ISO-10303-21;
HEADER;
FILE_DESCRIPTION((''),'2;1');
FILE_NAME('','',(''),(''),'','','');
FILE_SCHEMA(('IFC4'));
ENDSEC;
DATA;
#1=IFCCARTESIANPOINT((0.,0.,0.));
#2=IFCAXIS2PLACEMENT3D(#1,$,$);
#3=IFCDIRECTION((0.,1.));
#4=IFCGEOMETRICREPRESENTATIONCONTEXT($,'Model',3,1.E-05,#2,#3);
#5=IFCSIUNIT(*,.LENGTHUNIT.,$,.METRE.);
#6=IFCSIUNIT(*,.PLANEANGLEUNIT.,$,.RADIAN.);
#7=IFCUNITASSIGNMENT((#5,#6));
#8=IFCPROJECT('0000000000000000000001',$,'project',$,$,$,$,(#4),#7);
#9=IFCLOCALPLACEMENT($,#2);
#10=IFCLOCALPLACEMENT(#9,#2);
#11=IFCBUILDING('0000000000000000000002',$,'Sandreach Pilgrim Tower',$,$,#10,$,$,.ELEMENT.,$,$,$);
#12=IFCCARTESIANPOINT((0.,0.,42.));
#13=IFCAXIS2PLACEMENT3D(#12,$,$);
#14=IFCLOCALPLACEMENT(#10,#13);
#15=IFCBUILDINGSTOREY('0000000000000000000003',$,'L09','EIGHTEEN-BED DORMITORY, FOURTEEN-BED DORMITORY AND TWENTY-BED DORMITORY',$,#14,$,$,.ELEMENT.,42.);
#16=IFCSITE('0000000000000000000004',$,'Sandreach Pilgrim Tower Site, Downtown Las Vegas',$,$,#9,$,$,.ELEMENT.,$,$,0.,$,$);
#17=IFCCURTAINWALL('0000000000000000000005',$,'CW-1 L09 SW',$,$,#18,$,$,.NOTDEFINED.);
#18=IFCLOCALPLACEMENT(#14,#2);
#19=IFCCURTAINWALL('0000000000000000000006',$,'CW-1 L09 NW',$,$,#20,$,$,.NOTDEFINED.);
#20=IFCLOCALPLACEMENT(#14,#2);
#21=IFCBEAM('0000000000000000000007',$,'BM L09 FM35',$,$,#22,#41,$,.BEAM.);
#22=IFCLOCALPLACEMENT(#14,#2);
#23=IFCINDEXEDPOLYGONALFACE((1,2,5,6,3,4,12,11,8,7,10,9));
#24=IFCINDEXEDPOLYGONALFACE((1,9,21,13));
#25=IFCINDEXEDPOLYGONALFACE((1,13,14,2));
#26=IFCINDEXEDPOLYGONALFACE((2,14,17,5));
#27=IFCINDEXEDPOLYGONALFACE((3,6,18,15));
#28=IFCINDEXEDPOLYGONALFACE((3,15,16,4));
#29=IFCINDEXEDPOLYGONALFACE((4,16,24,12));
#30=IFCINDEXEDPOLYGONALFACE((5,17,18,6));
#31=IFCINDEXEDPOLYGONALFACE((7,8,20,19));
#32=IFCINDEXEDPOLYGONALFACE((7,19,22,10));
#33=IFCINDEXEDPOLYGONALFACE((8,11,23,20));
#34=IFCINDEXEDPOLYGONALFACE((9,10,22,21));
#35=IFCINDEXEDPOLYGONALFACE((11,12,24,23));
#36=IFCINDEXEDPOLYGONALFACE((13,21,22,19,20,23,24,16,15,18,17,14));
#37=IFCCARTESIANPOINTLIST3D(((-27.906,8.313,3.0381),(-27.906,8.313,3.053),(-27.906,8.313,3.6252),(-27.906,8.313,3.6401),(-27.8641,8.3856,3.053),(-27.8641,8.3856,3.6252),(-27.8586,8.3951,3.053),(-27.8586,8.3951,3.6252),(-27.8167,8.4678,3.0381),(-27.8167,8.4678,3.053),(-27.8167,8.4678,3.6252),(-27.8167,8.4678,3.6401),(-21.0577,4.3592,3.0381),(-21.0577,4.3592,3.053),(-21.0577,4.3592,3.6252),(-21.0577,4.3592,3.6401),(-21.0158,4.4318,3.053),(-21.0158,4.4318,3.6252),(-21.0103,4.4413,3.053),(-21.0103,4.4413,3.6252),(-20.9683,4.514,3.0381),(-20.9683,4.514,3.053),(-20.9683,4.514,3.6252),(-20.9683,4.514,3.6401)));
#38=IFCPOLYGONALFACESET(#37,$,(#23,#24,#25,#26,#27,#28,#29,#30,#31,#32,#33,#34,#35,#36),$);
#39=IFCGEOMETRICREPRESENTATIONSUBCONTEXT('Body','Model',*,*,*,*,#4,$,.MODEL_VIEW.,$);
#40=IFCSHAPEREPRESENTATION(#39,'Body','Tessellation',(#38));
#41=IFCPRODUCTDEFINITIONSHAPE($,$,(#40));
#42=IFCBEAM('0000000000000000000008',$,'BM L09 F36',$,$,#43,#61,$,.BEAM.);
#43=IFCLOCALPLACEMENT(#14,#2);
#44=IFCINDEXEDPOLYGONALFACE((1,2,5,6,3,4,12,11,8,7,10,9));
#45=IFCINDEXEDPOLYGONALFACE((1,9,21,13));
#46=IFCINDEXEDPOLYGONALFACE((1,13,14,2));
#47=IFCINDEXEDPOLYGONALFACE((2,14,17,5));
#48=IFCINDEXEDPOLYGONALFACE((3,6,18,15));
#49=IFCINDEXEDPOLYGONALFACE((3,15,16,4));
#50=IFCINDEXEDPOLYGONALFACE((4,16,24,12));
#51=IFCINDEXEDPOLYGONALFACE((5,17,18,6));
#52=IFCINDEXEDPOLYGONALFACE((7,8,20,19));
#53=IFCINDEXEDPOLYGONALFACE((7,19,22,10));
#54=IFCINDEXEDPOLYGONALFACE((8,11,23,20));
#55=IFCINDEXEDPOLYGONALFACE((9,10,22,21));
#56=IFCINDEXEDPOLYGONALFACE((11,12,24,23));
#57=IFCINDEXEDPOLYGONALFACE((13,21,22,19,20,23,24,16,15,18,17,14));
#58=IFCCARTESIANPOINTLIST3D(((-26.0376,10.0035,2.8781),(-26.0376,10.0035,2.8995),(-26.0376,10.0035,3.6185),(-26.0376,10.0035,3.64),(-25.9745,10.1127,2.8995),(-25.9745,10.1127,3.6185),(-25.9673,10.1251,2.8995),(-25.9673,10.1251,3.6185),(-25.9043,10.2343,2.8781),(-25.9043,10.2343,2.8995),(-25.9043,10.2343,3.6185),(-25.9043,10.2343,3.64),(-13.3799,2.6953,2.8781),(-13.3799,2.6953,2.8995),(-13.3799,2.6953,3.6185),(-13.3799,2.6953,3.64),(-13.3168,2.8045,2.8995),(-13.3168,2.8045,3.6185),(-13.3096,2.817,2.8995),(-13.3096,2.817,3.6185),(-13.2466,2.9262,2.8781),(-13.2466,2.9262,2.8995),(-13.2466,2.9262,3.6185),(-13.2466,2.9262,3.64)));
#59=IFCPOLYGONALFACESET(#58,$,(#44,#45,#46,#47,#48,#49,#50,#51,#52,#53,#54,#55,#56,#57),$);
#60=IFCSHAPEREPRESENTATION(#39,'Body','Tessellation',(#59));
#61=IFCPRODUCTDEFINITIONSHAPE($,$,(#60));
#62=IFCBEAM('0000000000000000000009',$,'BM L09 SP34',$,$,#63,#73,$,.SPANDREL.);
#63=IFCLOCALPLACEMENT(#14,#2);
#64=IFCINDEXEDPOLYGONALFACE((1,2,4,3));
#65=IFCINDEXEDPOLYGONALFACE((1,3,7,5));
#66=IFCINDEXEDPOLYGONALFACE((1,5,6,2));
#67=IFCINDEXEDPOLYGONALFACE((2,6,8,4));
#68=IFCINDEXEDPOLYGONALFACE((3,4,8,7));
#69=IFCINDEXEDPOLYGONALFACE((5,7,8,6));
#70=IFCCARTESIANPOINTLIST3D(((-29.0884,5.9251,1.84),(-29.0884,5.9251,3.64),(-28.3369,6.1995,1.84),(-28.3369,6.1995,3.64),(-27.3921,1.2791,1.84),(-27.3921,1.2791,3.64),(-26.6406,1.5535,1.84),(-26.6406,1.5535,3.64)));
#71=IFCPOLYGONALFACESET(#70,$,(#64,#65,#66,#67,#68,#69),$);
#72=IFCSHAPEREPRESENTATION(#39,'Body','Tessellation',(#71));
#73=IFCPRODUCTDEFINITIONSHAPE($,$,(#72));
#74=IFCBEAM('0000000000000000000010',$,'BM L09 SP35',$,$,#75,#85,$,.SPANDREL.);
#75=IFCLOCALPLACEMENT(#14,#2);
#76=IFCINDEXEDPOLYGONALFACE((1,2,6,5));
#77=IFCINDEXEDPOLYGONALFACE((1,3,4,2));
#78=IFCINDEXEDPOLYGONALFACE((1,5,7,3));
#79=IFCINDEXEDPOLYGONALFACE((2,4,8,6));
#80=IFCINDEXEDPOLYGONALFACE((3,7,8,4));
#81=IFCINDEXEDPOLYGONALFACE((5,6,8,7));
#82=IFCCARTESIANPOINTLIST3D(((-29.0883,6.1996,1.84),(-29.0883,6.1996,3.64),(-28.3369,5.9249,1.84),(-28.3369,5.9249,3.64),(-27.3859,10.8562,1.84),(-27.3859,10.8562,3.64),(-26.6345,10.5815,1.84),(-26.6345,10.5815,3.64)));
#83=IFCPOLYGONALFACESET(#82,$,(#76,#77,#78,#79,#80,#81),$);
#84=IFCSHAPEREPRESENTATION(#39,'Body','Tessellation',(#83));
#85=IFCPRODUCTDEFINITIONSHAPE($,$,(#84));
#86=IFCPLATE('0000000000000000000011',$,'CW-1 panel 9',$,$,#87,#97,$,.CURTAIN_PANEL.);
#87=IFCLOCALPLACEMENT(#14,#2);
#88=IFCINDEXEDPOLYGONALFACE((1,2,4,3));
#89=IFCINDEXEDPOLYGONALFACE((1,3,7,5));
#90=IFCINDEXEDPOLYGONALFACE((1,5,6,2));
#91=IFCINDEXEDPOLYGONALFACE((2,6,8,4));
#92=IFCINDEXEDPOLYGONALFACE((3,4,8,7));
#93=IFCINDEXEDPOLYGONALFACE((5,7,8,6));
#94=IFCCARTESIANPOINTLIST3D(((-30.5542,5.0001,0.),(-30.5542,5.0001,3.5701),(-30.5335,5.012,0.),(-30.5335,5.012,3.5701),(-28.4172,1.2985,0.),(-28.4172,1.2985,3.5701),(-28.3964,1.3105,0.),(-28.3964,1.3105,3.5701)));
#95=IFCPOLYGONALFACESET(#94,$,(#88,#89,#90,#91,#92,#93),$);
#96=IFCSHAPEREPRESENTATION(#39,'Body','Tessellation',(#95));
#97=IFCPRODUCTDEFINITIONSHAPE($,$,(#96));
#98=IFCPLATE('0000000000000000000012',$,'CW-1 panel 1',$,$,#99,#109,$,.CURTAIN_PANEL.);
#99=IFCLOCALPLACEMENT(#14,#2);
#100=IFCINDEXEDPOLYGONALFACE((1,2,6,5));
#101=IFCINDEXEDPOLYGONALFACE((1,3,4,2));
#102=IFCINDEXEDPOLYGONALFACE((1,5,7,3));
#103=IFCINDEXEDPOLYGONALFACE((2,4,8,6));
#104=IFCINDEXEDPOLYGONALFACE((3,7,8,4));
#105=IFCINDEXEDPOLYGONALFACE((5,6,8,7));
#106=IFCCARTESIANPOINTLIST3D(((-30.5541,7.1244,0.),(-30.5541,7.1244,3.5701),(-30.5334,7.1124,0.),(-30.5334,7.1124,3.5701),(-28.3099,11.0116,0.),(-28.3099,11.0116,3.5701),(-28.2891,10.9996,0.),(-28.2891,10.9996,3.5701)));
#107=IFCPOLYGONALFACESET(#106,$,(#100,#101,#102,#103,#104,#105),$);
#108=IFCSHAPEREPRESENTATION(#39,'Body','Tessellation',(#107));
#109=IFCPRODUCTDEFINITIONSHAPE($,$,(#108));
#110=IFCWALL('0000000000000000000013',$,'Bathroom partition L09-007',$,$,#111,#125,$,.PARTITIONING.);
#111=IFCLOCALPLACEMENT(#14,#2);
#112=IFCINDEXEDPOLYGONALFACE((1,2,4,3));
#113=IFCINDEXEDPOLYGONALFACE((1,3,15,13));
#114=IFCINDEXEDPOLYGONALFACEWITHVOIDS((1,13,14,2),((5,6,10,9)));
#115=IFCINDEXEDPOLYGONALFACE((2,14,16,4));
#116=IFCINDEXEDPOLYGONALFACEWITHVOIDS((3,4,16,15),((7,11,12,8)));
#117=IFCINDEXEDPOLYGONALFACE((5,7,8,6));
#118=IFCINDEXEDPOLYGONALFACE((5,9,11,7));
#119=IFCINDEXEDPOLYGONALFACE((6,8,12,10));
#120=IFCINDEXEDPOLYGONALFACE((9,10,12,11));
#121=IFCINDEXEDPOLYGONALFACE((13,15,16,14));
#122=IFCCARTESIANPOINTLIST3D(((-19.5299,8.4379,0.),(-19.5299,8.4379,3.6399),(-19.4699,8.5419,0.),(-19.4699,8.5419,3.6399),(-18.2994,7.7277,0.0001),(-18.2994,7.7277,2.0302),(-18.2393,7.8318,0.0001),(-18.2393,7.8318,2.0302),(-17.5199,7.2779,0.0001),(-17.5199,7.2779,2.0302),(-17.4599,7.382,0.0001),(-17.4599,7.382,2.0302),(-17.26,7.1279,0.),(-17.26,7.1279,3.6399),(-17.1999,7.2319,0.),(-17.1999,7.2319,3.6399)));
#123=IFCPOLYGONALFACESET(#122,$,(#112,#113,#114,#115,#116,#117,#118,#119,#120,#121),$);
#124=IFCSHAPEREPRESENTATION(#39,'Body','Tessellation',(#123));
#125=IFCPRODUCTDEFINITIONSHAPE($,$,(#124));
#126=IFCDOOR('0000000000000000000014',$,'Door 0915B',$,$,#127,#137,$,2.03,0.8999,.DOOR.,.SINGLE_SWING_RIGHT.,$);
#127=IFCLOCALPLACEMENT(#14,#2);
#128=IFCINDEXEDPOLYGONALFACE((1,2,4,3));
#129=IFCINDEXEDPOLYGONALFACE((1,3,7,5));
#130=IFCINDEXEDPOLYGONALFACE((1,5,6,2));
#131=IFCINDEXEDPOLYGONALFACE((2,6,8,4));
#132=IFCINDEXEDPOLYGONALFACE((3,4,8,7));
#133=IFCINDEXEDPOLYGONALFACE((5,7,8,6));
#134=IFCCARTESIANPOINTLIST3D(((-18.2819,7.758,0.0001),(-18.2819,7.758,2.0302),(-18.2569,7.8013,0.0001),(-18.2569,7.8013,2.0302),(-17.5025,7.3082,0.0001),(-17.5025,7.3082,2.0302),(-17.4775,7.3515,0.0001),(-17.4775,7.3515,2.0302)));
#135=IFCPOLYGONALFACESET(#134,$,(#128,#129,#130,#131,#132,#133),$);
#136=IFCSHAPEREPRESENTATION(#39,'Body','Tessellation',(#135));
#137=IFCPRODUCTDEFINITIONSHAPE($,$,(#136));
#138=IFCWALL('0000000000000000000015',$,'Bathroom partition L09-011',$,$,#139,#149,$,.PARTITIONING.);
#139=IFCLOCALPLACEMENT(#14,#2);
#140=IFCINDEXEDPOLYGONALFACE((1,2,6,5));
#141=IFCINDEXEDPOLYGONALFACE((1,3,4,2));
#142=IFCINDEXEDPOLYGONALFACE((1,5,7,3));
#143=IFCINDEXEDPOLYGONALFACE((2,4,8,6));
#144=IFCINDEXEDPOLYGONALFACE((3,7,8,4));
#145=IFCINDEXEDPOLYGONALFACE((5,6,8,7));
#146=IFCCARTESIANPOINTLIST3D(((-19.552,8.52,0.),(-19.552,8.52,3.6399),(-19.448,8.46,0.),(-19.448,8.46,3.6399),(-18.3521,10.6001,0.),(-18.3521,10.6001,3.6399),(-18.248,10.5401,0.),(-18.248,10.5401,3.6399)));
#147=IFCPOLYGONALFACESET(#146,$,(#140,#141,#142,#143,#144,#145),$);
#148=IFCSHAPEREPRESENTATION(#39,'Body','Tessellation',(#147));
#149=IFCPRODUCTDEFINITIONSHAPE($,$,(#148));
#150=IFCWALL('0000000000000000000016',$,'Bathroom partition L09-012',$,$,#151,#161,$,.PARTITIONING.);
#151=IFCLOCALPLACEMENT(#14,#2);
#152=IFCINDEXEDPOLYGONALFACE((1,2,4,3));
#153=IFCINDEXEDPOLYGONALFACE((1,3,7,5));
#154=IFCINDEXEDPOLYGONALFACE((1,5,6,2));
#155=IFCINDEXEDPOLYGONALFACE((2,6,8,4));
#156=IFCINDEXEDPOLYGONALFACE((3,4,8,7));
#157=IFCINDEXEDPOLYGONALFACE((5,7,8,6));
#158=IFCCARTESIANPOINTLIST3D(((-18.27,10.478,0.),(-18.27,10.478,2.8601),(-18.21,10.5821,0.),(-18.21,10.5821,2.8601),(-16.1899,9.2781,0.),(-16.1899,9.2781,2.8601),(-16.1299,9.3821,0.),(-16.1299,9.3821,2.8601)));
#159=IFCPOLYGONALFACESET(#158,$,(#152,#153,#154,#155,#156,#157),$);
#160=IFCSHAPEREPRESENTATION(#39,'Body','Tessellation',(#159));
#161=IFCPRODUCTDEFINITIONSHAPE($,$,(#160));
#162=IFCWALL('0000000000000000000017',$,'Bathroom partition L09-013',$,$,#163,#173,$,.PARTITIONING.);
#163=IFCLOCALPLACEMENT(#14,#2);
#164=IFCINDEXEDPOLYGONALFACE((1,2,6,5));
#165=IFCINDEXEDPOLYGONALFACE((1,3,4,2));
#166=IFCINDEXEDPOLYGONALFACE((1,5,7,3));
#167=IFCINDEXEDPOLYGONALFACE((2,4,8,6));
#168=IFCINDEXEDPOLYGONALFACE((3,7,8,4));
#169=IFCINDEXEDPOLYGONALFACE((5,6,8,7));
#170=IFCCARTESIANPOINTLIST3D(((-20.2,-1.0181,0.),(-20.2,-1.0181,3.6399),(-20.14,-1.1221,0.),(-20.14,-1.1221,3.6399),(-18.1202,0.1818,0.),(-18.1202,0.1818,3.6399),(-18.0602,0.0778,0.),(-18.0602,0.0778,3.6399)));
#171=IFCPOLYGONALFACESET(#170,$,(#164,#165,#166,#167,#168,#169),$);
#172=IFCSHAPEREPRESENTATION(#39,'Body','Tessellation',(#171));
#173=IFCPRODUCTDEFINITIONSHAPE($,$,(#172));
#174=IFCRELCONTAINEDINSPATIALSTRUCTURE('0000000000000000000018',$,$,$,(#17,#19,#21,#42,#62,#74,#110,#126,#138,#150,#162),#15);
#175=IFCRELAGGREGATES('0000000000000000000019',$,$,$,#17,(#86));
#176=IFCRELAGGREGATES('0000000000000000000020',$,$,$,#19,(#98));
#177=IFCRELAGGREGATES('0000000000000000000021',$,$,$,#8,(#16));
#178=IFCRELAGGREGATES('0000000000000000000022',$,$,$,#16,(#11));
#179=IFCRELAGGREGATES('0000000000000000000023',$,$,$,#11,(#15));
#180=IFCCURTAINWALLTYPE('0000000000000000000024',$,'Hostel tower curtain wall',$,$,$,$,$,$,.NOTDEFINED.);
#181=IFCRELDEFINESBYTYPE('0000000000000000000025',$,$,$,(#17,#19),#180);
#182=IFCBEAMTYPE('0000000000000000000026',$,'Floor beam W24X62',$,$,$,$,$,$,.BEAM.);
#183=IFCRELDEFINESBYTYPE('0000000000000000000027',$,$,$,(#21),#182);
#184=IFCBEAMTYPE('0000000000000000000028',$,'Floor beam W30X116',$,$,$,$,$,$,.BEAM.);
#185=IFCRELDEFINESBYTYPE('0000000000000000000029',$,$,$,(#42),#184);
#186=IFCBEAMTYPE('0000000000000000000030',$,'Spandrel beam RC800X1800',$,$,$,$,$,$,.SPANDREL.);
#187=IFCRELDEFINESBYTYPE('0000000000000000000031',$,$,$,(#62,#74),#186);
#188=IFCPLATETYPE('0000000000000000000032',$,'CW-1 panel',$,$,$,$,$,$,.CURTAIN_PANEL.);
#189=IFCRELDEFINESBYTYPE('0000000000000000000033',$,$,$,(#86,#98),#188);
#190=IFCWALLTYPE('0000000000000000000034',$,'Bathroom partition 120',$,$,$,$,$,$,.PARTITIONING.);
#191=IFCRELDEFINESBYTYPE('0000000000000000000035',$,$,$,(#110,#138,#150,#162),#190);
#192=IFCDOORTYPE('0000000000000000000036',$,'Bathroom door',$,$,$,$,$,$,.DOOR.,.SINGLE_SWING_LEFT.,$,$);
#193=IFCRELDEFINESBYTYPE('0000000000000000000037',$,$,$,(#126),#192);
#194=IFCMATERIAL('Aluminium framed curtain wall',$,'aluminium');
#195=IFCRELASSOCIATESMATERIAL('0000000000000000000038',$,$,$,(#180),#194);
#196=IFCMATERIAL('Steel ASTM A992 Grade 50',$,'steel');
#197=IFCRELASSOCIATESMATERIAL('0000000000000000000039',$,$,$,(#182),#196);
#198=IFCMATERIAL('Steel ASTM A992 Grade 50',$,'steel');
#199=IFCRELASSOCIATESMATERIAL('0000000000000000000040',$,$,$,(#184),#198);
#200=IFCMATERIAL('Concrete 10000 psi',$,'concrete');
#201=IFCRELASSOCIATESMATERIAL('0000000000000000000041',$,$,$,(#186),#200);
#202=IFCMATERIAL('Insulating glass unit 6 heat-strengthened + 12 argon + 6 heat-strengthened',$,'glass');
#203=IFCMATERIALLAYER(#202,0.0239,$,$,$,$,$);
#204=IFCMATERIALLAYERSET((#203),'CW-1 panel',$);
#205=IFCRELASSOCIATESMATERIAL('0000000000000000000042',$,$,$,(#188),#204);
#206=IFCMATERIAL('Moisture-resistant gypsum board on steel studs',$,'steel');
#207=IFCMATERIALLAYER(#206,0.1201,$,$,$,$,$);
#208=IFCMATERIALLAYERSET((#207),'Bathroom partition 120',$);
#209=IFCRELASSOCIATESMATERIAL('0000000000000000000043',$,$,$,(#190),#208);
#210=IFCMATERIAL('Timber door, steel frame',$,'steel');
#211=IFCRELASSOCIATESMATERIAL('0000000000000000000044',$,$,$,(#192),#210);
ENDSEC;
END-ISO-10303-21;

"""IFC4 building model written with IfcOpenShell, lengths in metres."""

from ifc_helpers import new_model, si_unit, direction, frame, frame_2d, origin, origin_2d, place, context, subcontext, project, spatial, rectangle, i_section, extrude, material, layer, layer_set, material_profile, profile_set, type_object, element, fill, aggregate, save


model = new_model("IFC4")

# Units and contexts
model_context = context("Model", 3, precision=1e-05, world=origin(), true_north=direction((0.0, 1.0)))
body_context = subcontext(model_context, "Body", "Model", "MODEL_VIEW")
ifc_project = project(units=[si_unit("LENGTHUNIT", "METRE"), si_unit("PLANEANGLEUNIT", "RADIAN")], contexts=[model_context])

# Site, building, storey
site_placement = place(None, origin())
site = spatial("IfcSite", under=ifc_project, at=site_placement, Name="Sandreach Pilgrim Tower Site, Downtown Las Vegas", CompositionType="ELEMENT", RefElevation=0.0)
building_placement = place(site_placement, origin())
building = spatial("IfcBuilding", under=site, at=building_placement, Name="Sandreach Pilgrim Tower", CompositionType="ELEMENT")
storey_placement = place(building_placement, frame((0.0, 0.0, 42.0)))
storey = spatial("IfcBuildingStorey", under=building, at=storey_placement, Name="L09", Description="EIGHTEEN-BED DORMITORY, FOURTEEN-BED DORMITORY AND TWENTY-BED DORMITORY", CompositionType="ELEMENT", Elevation=42.0)

# Curtain wall
ifc_material_1 = material(Name="Aluminium framed curtain wall", Category="aluminium")
curtain_wall_type = type_object("IfcCurtainWallType", Name="Hostel tower curtain wall", PredefinedType="NOTDEFINED", material=ifc_material_1)
curtain_wall_1_placement = place(storey_placement, origin())
curtain_wall_1 = element("IfcCurtainWall", 1, at=curtain_wall_1_placement, inside=storey, type_object=curtain_wall_type, Name="CW-1 L09 SW", PredefinedType="NOTDEFINED")

# Curtain wall
curtain_wall_2_placement = place(storey_placement, origin())
curtain_wall_2 = element("IfcCurtainWall", 2, at=curtain_wall_2_placement, inside=storey, type_object=curtain_wall_type, Name="CW-1 L09 NW", PredefinedType="NOTDEFINED")

# Beams
ifc_material_2 = material(Name="Steel ASTM A992 Grade 50", Category="steel")
ifc_material_profile_1 = material_profile(ifc_material_2, i_section(OverallWidth=0.1787, OverallDepth=0.6021, WebThickness=0.011, FlangeThickness=0.0149, at=origin_2d()), Name="W24X62")
ifc_profile_set_1 = profile_set([ifc_material_profile_1], Name="Steel ASTM A992 Grade 50")
beam_type_1 = type_object("IfcBeamType", Name="Floor beam W24X62", PredefinedType="BEAM", material=ifc_profile_set_1)
beam_1_placement = place(storey_placement, frame((-27.8613, 8.3904, 3.3391), z_axis=(0.866029, -0.499994, 0.0), x_axis=(0.499994, 0.866029, 0.0)))
element("IfcBeam", 3, at=beam_1_placement, inside=storey, type_object=beam_type_1, Name="BM L09 FM35", PredefinedType="BEAM", context=body_context, shape_type="SweptSolid", body=[
    extrude(i_section(OverallWidth=0.1787, OverallDepth=0.6021, WebThickness=0.011, FlangeThickness=0.0149, at=origin_2d()), origin(), (0.0, 0.0, 1.0), 7.9077),
])
ifc_material_3 = material(Name="Steel ASTM A992 Grade 50", Category="steel")
ifc_material_profile_2 = material_profile(ifc_material_3, i_section(OverallWidth=0.2666, OverallDepth=0.762, WebThickness=0.0144, FlangeThickness=0.0215, at=origin_2d()), Name="W30X116")
ifc_profile_set_2 = profile_set([ifc_material_profile_2], Name="Steel ASTM A992 Grade 50")
beam_type_2 = type_object("IfcBeamType", Name="Floor beam W30X116", PredefinedType="BEAM", material=ifc_profile_set_2)
beam_2_placement = place(storey_placement, frame((-25.9709, 10.1189, 3.259), z_axis=(0.86602, -0.500009, 0.0), x_axis=(0.500009, 0.86602, 0.0)))
element("IfcBeam", 4, at=beam_2_placement, inside=storey, type_object=beam_type_2, Name="BM L09 F36", PredefinedType="BEAM", context=body_context, shape_type="SweptSolid", body=[
    extrude(i_section(OverallWidth=0.2666, OverallDepth=0.762, WebThickness=0.0144, FlangeThickness=0.0215, at=origin_2d()), origin(), (0.0, 0.0, 1.0), 14.616),
])
ifc_material_4 = material(Name="Concrete 10000 psi", Category="concrete")
ifc_material_profile_3 = material_profile(ifc_material_4, rectangle(XDim=0.8, YDim=1.8, at=origin_2d()), Name="RC800X1800")
ifc_profile_set_3 = profile_set([ifc_material_profile_3], Name="Concrete 10000 psi")
beam_type_3 = type_object("IfcBeamType", Name="Spandrel beam RC800X1800", PredefinedType="SPANDREL", material=ifc_profile_set_3)
beam_3_placement = place(storey_placement, frame((-27.0164, 1.4163, 2.74), z_axis=(-0.342963, 0.939349, 0.0), x_axis=(-0.939349, -0.342963, 0.0)))
element("IfcBeam", 5, at=beam_3_placement, inside=storey, type_object=beam_type_3, Name="BM L09 SP34", PredefinedType="SPANDREL", context=body_context, shape_type="SweptSolid", body=[
    extrude(rectangle(XDim=0.8, YDim=1.8, at=origin_2d()), origin(), (0.0, 0.0, 1.0), 4.946),
])
beam_4_placement = place(storey_placement, frame((-28.7126, 6.0623, 2.74), z_axis=(0.343368, 0.939201, 0.0), x_axis=(-0.939201, 0.343368, 0.0)))
element("IfcBeam", 6, at=beam_4_placement, inside=storey, type_object=beam_type_3, Name="BM L09 SP35", PredefinedType="SPANDREL", context=body_context, shape_type="SweptSolid", body=[
    extrude(rectangle(XDim=0.8, YDim=1.8, at=origin_2d()), origin(), (0.0, 0.0, 1.0), 4.958),
])

# Plates
ifc_material_5 = material(Name="Insulating glass unit 6 heat-strengthened + 12 argon + 6 heat-strengthened", Category="glass")
ifc_layer_1 = layer(ifc_material_5, 0.0239)
ifc_layer_set_1 = layer_set([ifc_layer_1], Name="CW-1 panel")
plate_type = type_object("IfcPlateType", Name="CW-1 panel", PredefinedType="CURTAIN_PANEL", material=ifc_layer_set_1)
plate_1_placement = place(storey_placement, frame((-29.4753, 3.1553, 0.0), z_axis=(0.0, 0.0, 1.0), x_axis=(-0.5, 0.866025, 0.0)))
plate_1 = element("IfcPlate", 7, at=plate_1_placement, type_object=plate_type, Name="CW-1 panel 9", PredefinedType="CURTAIN_PANEL", context=body_context, shape_type="SweptSolid", body=[
    extrude(rectangle(XDim=4.2742, YDim=0.0239, at=origin_2d()), origin(), (0.0, 0.0, 1.0), 3.5701),
])
aggregate(curtain_wall_1, [plate_1])
plate_2_placement = place(storey_placement, frame((-29.4216, 9.062, 0.0), z_axis=(0.0, 0.0, 1.0), x_axis=(0.5, 0.866025, 0.0)))
plate_2 = element("IfcPlate", 8, at=plate_2_placement, type_object=plate_type, Name="CW-1 panel 1", PredefinedType="CURTAIN_PANEL", context=body_context, shape_type="SweptSolid", body=[
    extrude(rectangle(XDim=4.4885, YDim=0.0239, at=origin_2d()), origin(), (0.0, 0.0, 1.0), 3.5701),
])
aggregate(curtain_wall_2, [plate_2])

# Wall, opening, door
ifc_material_6 = material(Name="Moisture-resistant gypsum board on steel studs", Category="steel")
ifc_layer_2 = layer(ifc_material_6, 0.1201)
ifc_layer_set_2 = layer_set([ifc_layer_2], Name="Bathroom partition 120")
wall_type_1 = type_object("IfcWallType", Name="Bathroom partition 120", PredefinedType="PARTITIONING", material=ifc_layer_set_2)
wall_1_placement = place(storey_placement, frame((-19.5, 8.49, 0.0), z_axis=(0.0, 0.0, 1.0), x_axis=(0.866114, -0.499846, 0.0)))
wall_1 = element("IfcWall", 9, at=wall_1_placement, inside=storey, type_object=wall_type_1, Name="Bathroom partition L09-007", PredefinedType="PARTITIONING", context=body_context, shape_type="SweptSolid", body=[
    extrude(rectangle(XDim=2.6208, YDim=0.1201, at=frame_2d((1.3105, 0.0))), origin(), (0.0, 0.0, 1.0), 3.6399),
])
opening_1_placement = place(wall_1_placement, frame((1.4209, 0.0, 0.0)))
opening_1 = element("IfcOpeningElement", 10, at=opening_1_placement, cuts=wall_1, PredefinedType="OPENING", context=body_context, shape_type="SweptSolid", body=[
    extrude(rectangle(XDim=0.8999, YDim=2.03, at=frame_2d((0.45, 1.0151))), frame((0.0, 0.0601, 0.0), z_axis=(0.0, -1.0, 0.0), x_axis=(1.0, 0.0, 0.0)), (0.0, 0.0, 1.0), 0.1201),
])
ifc_material_7 = material(Name="Timber door, steel frame", Category="steel")
door_type_1 = type_object("IfcDoorType", Name="Bathroom door", OperationType="SINGLE_SWING_LEFT", PredefinedType="DOOR", material=ifc_material_7)
door_1_placement = place(opening_1_placement, origin())
door_1 = element("IfcDoor", 11, at=door_1_placement, inside=storey, type_object=door_type_1, Name="Door 0915B", OperationType="SINGLE_SWING_RIGHT", OverallHeight=2.03, OverallWidth=0.8999, PredefinedType="DOOR", context=body_context, shape_type="SweptSolid", body=[
    extrude(rectangle(XDim=0.8999, YDim=2.03, at=frame_2d((0.45, 1.0151))), frame((0.0, 0.0249, 0.0), z_axis=(0.0, -1.0, 0.0), x_axis=(1.0, 0.0, 0.0)), (0.0, 0.0, 1.0), 0.05),
])
fill(opening_1, door_1)

# Walls
wall_2_placement = place(storey_placement, frame((-18.3, 10.5701, 0.0), z_axis=(0.0, 0.0, 1.0), x_axis=(-0.499693, -0.866203, 0.0)))
element("IfcWall", 12, at=wall_2_placement, inside=storey, type_object=wall_type_1, Name="Bathroom partition L09-011", PredefinedType="PARTITIONING", context=body_context, shape_type="SweptSolid", body=[
    extrude(rectangle(XDim=2.4014, YDim=0.1201, at=frame_2d((1.2007, 0.0))), origin(), (0.0, 0.0, 1.0), 3.6399),
])
wall_3_placement = place(storey_placement, frame((-18.24, 10.53, 0.0), z_axis=(0.0, 0.0, 1.0), x_axis=(0.866203, -0.499693, 0.0)))
element("IfcWall", 13, at=wall_3_placement, inside=storey, type_object=wall_type_1, Name="Bathroom partition L09-012", PredefinedType="PARTITIONING", context=body_context, shape_type="SweptSolid", body=[
    extrude(rectangle(XDim=2.4014, YDim=0.1201, at=frame_2d((1.2007, 0.0))), origin(), (0.0, 0.0, 1.0), 2.8601),
])
wall_4_placement = place(storey_placement, frame((-18.0901, 0.1299, 0.0), z_axis=(0.0, 0.0, 1.0), x_axis=(-0.866177, -0.499737, 0.0)))
element("IfcWall", 14, at=wall_4_placement, inside=storey, type_object=wall_type_1, Name="Bathroom partition L09-013", PredefinedType="PARTITIONING", context=body_context, shape_type="SweptSolid", body=[
    extrude(rectangle(XDim=2.4011, YDim=0.1201, at=frame_2d((1.2007, 0.0))), origin(), (0.0, 0.0, 1.0), 3.6399),
])

save(model, "model.ifc")
